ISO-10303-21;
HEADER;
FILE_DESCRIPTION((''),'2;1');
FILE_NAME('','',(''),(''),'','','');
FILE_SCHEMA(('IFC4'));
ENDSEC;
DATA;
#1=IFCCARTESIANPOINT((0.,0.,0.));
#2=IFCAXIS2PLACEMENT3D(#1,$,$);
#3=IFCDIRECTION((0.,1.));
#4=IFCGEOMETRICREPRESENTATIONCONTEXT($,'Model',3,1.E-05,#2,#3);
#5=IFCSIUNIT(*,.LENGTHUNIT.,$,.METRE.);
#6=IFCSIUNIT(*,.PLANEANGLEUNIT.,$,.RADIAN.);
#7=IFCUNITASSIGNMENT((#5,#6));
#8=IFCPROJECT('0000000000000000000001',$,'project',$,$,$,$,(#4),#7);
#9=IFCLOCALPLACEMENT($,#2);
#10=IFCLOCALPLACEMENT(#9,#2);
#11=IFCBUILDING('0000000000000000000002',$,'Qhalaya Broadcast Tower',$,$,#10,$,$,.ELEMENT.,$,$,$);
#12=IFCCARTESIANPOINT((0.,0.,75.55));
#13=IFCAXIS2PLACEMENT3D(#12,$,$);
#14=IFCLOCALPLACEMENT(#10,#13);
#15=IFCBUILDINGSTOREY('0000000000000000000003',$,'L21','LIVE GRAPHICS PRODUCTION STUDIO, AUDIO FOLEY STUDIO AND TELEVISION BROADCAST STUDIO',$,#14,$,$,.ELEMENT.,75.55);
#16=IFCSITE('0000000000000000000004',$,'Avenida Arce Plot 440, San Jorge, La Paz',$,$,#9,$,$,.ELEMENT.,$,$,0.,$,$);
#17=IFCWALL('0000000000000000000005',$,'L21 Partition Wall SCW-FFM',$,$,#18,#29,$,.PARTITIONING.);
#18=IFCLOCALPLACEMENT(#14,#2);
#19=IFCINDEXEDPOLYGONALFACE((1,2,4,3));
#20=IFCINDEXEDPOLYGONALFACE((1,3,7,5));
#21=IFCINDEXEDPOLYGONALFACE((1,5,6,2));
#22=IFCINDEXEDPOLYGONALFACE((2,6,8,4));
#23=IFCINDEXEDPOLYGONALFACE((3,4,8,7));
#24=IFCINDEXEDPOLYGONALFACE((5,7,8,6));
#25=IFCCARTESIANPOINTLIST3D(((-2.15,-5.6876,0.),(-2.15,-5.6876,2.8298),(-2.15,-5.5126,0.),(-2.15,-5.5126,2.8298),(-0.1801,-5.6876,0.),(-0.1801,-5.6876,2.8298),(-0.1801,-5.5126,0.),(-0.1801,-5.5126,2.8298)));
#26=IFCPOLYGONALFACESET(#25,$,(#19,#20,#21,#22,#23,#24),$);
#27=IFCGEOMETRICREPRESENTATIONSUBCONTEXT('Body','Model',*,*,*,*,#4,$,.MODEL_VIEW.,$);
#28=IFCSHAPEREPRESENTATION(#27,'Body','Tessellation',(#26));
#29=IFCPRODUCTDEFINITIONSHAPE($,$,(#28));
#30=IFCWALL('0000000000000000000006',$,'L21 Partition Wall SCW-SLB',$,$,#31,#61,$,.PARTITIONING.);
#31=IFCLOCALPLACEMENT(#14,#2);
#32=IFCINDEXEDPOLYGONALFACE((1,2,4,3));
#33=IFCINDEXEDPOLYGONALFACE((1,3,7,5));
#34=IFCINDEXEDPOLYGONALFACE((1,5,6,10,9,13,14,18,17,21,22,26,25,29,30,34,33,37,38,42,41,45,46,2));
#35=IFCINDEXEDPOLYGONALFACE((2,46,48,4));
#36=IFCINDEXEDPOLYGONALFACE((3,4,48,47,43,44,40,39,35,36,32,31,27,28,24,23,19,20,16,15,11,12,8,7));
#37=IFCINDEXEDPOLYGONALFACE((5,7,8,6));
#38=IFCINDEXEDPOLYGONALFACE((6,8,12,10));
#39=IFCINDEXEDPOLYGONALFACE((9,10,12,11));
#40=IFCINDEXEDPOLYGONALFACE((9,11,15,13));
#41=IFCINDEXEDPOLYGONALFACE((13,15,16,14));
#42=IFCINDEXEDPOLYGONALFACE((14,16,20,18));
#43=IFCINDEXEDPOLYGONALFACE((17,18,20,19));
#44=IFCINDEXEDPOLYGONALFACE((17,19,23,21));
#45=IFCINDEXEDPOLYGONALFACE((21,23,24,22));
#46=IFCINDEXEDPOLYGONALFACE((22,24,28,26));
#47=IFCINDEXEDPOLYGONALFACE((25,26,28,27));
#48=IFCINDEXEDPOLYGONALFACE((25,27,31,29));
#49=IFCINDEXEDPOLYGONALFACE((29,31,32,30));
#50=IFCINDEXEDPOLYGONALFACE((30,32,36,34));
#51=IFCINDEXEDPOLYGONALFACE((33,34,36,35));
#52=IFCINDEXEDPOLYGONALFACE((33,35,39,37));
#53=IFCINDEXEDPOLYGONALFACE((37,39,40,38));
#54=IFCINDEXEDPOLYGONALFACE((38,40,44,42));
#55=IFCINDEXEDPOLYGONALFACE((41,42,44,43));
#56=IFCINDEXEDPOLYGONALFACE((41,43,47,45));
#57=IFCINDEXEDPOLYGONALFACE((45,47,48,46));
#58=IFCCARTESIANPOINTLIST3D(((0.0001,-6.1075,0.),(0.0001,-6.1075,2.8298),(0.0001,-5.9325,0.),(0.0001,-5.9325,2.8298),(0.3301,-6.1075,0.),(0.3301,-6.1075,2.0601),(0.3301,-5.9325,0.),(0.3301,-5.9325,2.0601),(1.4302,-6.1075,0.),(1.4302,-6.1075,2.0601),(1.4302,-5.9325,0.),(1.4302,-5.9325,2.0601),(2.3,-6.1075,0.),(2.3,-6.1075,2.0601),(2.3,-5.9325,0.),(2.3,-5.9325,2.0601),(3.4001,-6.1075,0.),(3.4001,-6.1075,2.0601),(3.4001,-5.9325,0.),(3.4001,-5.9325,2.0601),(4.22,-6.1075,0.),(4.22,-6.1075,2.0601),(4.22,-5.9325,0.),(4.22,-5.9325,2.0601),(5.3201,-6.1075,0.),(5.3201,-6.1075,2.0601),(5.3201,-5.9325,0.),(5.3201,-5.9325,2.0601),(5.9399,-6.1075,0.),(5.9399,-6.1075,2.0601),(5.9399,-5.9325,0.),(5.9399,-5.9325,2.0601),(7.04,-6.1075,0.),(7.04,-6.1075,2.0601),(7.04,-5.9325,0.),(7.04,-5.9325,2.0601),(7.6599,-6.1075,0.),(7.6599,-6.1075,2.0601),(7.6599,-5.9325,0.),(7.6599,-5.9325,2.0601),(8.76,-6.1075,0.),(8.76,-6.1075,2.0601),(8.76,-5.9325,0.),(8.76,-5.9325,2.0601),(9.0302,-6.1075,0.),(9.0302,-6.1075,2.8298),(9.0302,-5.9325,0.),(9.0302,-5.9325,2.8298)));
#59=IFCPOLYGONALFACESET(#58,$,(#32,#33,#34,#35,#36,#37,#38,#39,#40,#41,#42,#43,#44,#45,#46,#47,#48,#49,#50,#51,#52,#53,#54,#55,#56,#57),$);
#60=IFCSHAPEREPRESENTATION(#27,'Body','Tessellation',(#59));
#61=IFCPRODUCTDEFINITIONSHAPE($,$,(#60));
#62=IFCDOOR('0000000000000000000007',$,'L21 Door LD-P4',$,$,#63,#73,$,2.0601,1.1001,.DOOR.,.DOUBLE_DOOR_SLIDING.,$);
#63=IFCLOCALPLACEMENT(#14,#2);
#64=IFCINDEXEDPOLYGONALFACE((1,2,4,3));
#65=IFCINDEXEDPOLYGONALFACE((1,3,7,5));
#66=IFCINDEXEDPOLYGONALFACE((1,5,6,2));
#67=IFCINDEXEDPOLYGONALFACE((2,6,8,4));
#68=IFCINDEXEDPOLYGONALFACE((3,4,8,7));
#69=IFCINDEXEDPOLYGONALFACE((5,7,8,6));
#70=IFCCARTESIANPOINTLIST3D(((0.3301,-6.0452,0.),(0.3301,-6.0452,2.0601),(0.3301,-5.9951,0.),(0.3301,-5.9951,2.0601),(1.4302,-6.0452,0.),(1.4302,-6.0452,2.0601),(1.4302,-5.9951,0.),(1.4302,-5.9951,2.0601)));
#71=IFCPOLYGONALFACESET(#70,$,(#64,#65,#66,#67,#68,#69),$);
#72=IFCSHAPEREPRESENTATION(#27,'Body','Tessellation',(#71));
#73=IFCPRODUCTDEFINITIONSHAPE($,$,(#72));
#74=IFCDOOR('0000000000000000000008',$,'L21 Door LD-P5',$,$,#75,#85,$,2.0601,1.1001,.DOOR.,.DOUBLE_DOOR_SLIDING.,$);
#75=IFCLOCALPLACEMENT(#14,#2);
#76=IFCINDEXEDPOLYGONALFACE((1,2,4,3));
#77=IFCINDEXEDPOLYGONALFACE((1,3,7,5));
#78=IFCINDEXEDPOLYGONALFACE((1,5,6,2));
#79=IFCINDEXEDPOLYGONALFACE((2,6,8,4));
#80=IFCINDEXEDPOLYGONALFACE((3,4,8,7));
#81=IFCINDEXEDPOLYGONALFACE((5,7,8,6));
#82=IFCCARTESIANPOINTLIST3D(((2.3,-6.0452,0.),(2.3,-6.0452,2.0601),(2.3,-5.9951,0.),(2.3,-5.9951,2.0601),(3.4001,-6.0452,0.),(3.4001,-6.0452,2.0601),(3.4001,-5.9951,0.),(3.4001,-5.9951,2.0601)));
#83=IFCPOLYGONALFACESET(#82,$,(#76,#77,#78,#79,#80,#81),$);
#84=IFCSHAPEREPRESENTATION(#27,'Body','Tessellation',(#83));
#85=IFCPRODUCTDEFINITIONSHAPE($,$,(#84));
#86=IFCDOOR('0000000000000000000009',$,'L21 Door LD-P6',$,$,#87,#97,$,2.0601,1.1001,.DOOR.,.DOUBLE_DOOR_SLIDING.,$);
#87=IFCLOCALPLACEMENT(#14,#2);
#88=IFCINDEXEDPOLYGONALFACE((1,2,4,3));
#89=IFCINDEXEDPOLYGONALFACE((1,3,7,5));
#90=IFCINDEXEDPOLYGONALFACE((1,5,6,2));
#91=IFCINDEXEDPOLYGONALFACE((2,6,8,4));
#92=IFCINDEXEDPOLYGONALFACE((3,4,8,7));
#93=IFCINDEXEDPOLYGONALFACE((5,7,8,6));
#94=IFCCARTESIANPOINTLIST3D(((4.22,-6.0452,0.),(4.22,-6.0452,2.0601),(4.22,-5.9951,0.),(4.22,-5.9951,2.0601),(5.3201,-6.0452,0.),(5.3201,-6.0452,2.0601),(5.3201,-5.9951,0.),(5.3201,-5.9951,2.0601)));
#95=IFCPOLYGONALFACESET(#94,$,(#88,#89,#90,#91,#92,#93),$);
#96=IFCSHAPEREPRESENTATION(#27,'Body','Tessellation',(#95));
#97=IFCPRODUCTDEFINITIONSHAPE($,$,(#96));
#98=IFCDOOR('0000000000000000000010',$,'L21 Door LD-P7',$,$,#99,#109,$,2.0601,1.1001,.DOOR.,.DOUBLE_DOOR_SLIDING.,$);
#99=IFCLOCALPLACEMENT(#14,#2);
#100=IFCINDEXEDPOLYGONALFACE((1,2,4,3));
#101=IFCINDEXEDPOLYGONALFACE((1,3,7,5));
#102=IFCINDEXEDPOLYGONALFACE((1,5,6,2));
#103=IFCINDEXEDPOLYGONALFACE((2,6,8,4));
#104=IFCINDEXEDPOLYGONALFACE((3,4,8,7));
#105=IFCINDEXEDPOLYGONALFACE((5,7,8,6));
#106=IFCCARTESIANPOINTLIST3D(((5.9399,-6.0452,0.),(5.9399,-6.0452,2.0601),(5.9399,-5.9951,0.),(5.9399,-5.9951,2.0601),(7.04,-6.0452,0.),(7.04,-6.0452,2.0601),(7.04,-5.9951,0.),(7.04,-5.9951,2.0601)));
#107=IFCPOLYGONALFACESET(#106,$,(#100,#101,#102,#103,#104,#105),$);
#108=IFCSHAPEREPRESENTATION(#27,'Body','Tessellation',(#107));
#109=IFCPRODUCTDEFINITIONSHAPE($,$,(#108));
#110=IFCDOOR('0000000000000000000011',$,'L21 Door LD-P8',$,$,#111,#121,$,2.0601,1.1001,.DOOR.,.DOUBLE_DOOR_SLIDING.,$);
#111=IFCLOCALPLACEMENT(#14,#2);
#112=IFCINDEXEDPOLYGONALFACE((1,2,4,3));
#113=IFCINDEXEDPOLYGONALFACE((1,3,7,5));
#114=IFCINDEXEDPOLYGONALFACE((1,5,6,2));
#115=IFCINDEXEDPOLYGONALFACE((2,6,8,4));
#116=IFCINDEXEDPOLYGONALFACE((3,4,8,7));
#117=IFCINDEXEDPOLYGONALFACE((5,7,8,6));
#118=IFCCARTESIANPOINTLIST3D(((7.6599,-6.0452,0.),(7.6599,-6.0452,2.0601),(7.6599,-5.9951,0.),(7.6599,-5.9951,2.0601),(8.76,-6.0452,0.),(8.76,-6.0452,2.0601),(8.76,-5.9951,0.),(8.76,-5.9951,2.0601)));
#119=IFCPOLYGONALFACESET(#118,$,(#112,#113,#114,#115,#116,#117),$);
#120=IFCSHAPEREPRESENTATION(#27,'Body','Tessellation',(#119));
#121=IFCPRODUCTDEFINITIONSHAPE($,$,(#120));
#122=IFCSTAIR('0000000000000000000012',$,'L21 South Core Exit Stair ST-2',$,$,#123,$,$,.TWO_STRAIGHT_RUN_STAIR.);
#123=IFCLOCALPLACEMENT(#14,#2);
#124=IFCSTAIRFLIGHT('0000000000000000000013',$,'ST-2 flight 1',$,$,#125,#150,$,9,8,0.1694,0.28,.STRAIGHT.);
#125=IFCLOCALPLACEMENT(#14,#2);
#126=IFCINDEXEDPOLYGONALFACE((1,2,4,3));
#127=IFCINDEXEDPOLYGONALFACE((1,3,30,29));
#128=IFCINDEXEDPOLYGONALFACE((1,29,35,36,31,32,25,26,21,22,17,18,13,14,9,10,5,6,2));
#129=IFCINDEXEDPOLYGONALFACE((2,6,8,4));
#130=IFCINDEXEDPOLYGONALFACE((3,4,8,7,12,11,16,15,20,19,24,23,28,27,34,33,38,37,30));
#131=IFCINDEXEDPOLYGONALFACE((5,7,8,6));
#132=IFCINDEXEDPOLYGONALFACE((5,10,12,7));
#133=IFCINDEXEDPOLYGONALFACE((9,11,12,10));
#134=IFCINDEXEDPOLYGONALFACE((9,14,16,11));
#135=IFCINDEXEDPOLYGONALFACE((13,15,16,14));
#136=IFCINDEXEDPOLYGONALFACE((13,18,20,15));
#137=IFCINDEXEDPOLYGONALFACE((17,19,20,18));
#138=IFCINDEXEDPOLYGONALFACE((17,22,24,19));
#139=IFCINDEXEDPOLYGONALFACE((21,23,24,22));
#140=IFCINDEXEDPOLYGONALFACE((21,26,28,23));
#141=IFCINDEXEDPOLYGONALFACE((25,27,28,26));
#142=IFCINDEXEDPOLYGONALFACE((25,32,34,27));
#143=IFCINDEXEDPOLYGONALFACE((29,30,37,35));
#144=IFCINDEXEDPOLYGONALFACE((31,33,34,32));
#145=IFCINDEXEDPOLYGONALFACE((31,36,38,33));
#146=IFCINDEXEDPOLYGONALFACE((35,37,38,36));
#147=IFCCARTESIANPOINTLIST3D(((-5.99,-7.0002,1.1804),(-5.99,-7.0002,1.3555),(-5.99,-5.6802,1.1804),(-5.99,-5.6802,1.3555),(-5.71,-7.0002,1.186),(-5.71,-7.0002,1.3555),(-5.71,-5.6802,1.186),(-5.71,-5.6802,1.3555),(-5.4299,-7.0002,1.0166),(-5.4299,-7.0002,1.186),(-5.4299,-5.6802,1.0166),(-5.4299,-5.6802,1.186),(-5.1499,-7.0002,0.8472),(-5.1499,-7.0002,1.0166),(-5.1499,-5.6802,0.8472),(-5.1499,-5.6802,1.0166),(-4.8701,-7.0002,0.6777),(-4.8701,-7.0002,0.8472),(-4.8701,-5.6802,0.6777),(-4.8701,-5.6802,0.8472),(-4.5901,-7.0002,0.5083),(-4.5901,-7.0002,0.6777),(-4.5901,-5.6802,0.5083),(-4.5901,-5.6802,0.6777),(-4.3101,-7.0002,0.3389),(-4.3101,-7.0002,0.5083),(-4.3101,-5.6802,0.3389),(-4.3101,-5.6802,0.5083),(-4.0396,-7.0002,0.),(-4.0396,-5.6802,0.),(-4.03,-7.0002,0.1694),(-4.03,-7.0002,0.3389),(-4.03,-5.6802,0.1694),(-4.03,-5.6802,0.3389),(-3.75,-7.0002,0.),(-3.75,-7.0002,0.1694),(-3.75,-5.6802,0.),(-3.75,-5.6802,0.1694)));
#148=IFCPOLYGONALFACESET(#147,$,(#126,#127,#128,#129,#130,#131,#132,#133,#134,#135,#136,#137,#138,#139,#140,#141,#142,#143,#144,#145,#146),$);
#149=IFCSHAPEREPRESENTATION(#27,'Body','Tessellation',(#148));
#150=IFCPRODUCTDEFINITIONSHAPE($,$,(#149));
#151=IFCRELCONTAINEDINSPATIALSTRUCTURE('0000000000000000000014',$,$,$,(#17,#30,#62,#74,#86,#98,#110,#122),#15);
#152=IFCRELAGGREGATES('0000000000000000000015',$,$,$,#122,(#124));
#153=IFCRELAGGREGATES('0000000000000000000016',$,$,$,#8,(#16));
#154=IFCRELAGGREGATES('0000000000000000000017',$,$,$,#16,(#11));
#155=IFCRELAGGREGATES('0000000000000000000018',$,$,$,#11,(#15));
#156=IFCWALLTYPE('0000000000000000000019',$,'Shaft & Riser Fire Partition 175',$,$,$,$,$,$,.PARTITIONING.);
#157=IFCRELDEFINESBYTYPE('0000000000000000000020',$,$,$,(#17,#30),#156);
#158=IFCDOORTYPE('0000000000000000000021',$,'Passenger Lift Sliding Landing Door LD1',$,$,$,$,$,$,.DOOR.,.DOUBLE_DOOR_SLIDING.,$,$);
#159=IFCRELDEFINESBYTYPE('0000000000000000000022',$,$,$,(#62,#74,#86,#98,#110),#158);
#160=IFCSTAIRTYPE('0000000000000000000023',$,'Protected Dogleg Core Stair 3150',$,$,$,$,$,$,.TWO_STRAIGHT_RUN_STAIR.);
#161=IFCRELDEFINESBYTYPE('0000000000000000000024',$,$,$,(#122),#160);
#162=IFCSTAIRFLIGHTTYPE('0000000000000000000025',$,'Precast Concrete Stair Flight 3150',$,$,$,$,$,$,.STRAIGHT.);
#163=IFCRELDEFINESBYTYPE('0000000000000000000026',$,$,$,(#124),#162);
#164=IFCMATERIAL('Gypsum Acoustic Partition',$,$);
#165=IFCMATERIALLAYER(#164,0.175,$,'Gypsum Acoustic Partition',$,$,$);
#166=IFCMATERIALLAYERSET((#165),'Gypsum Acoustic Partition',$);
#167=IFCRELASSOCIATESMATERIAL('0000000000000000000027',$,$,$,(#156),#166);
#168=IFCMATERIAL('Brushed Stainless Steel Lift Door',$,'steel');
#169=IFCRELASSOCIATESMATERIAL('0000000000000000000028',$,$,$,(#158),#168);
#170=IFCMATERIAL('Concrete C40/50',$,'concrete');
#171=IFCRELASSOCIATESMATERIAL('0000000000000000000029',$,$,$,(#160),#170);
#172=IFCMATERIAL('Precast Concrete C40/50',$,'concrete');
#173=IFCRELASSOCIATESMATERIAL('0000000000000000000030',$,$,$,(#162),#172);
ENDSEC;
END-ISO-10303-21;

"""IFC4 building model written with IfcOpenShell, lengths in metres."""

from ifc_helpers import new_model, si_unit, direction, frame, frame_2d, origin, place, context, subcontext, project, spatial, polyline, rectangle, outline, extrude, material, layer, layer_set, type_object, element, fill, aggregate, save


model = new_model("IFC4")

# Units and contexts
model_context = context("Model", 3, precision=1e-05, world=origin(), true_north=direction((0.0, 1.0)))
body_context = subcontext(model_context, "Body", "Model", "MODEL_VIEW")
ifc_project = project(units=[si_unit("LENGTHUNIT", "METRE"), si_unit("PLANEANGLEUNIT", "RADIAN")], contexts=[model_context])

# Site, building, storey
site_placement = place(None, origin())
site = spatial("IfcSite", under=ifc_project, at=site_placement, Name="Avenida Arce Plot 440, San Jorge, La Paz", CompositionType="ELEMENT", RefElevation=0.0)
building_placement = place(site_placement, origin())
building = spatial("IfcBuilding", under=site, at=building_placement, Name="Qhalaya Broadcast Tower", CompositionType="ELEMENT")
storey_placement = place(building_placement, frame((0.0, 0.0, 75.55)))
storey = spatial("IfcBuildingStorey", under=building, at=storey_placement, Name="L21", Description="LIVE GRAPHICS PRODUCTION STUDIO, AUDIO FOLEY STUDIO AND TELEVISION BROADCAST STUDIO", CompositionType="ELEMENT", Elevation=75.55)

# Shared definitions
ifc_material_1 = material(Name="Concrete C40/50", Category="concrete")

# Shared definitions
ifc_material_2 = material(Name="Brushed Stainless Steel Lift Door", Category="steel")
ifc_material_3 = material(Name="Gypsum Acoustic Partition")
ifc_layer_1 = layer(ifc_material_3, 0.175, Name="Gypsum Acoustic Partition")
ifc_layer_set_1 = layer_set([ifc_layer_1], Name="Gypsum Acoustic Partition")
wall_type_1 = type_object("IfcWallType", Name="Shaft & Riser Fire Partition 175", PredefinedType="PARTITIONING", material=ifc_layer_set_1)

# Wall
wall_1_placement = place(storey_placement, frame((-2.1499, -5.6001, 0.0), z_axis=(0.0, 0.0, 1.0), x_axis=(1.0, 0.0, 0.0)))
element("IfcWall", 1, at=wall_1_placement, inside=storey, type_object=wall_type_1, Name="L21 Partition Wall SCW-FFM", PredefinedType="PARTITIONING", context=body_context, shape_type="SweptSolid", body=[
    extrude(rectangle(XDim=1.97, YDim=0.175, at=frame_2d((0.9849, 0.0))), origin(), (0.0, 0.0, 1.0), 2.8298),
])

# Wall, openings, doors
wall_2_placement = place(storey_placement, frame((0.0, -6.02, 0.0), z_axis=(0.0, 0.0, 1.0), x_axis=(1.0, 0.0, 0.0)))
wall_2 = element("IfcWall", 2, at=wall_2_placement, inside=storey, type_object=wall_type_1, Name="L21 Partition Wall SCW-SLB", PredefinedType="PARTITIONING", context=body_context, shape_type="SweptSolid", body=[
    extrude(rectangle(XDim=9.03, YDim=0.175, at=frame_2d((4.5151, 0.0))), origin(), (0.0, 0.0, 1.0), 2.8298),
])
opening_1_placement = place(wall_2_placement, frame((0.3301, 0.0, 0.0)))
opening_1 = element("IfcOpeningElement", 3, at=opening_1_placement, cuts=wall_2, PredefinedType="OPENING", context=body_context, shape_type="SweptSolid", body=[
    extrude(rectangle(XDim=1.1001, YDim=2.0601, at=frame_2d((0.55, 1.03))), frame((0.0, 0.0996, 0.0), z_axis=(0.0, -1.0, 0.0), x_axis=(1.0, 0.0, 0.0)), (0.0, 0.0, 1.0), 0.199),
])
opening_2_placement = place(wall_2_placement, frame((2.3, 0.0, 0.0)))
opening_2 = element("IfcOpeningElement", 4, at=opening_2_placement, cuts=wall_2, PredefinedType="OPENING", context=body_context, shape_type="SweptSolid", body=[
    extrude(rectangle(XDim=1.1001, YDim=2.0601, at=frame_2d((0.55, 1.03))), frame((0.0, 0.0996, 0.0), z_axis=(0.0, -1.0, 0.0), x_axis=(1.0, 0.0, 0.0)), (0.0, 0.0, 1.0), 0.199),
])
opening_3_placement = place(wall_2_placement, frame((4.22, 0.0, 0.0)))
opening_3 = element("IfcOpeningElement", 5, at=opening_3_placement, cuts=wall_2, PredefinedType="OPENING", context=body_context, shape_type="SweptSolid", body=[
    extrude(rectangle(XDim=1.1001, YDim=2.0601, at=frame_2d((0.55, 1.03))), frame((0.0, 0.0996, 0.0), z_axis=(0.0, -1.0, 0.0), x_axis=(1.0, 0.0, 0.0)), (0.0, 0.0, 1.0), 0.199),
])
opening_4_placement = place(wall_2_placement, frame((5.9399, 0.0, 0.0)))
opening_4 = element("IfcOpeningElement", 6, at=opening_4_placement, cuts=wall_2, PredefinedType="OPENING", context=body_context, shape_type="SweptSolid", body=[
    extrude(rectangle(XDim=1.1001, YDim=2.0601, at=frame_2d((0.55, 1.03))), frame((0.0, 0.0996, 0.0), z_axis=(0.0, -1.0, 0.0), x_axis=(1.0, 0.0, 0.0)), (0.0, 0.0, 1.0), 0.199),
])
opening_5_placement = place(wall_2_placement, frame((7.6599, 0.0, 0.0)))
opening_5 = element("IfcOpeningElement", 7, at=opening_5_placement, cuts=wall_2, PredefinedType="OPENING", context=body_context, shape_type="SweptSolid", body=[
    extrude(rectangle(XDim=1.1001, YDim=2.0601, at=frame_2d((0.55, 1.03))), frame((0.0, 0.0996, 0.0), z_axis=(0.0, -1.0, 0.0), x_axis=(1.0, 0.0, 0.0)), (0.0, 0.0, 1.0), 0.199),
])
door_type_1 = type_object("IfcDoorType", Name="Passenger Lift Sliding Landing Door LD1", OperationType="DOUBLE_DOOR_SLIDING", PredefinedType="DOOR", material=ifc_material_2)
door_1_placement = place(opening_1_placement, origin())
door_1 = element("IfcDoor", 8, at=door_1_placement, inside=storey, type_object=door_type_1, Name="L21 Door LD-P4", OperationType="DOUBLE_DOOR_SLIDING", OverallHeight=2.0601, OverallWidth=1.1001, PredefinedType="DOOR", context=body_context, shape_type="SweptSolid", body=[
    extrude(rectangle(XDim=1.1001, YDim=2.0601, at=frame_2d((0.55, 1.03))), frame((0.0, 0.0249, 0.0), z_axis=(0.0, -1.0, 0.0), x_axis=(1.0, 0.0, 0.0)), (0.0, 0.0, 1.0), 0.05),
])
fill(opening_1, door_1)
door_2_placement = place(opening_2_placement, origin())
door_2 = element("IfcDoor", 9, at=door_2_placement, inside=storey, type_object=door_type_1, Name="L21 Door LD-P5", OperationType="DOUBLE_DOOR_SLIDING", OverallHeight=2.0601, OverallWidth=1.1001, PredefinedType="DOOR", context=body_context, shape_type="SweptSolid", body=[
    extrude(rectangle(XDim=1.1001, YDim=2.0601, at=frame_2d((0.55, 1.03))), frame((0.0, 0.0249, 0.0), z_axis=(0.0, -1.0, 0.0), x_axis=(1.0, 0.0, 0.0)), (0.0, 0.0, 1.0), 0.05),
])
fill(opening_2, door_2)
door_3_placement = place(opening_3_placement, origin())
door_3 = element("IfcDoor", 10, at=door_3_placement, inside=storey, type_object=door_type_1, Name="L21 Door LD-P6", OperationType="DOUBLE_DOOR_SLIDING", OverallHeight=2.0601, OverallWidth=1.1001, PredefinedType="DOOR", context=body_context, shape_type="SweptSolid", body=[
    extrude(rectangle(XDim=1.1001, YDim=2.0601, at=frame_2d((0.55, 1.03))), frame((0.0, 0.0249, 0.0), z_axis=(0.0, -1.0, 0.0), x_axis=(1.0, 0.0, 0.0)), (0.0, 0.0, 1.0), 0.05),
])
fill(opening_3, door_3)
door_4_placement = place(opening_4_placement, origin())
door_4 = element("IfcDoor", 11, at=door_4_placement, inside=storey, type_object=door_type_1, Name="L21 Door LD-P7", OperationType="DOUBLE_DOOR_SLIDING", OverallHeight=2.0601, OverallWidth=1.1001, PredefinedType="DOOR", context=body_context, shape_type="SweptSolid", body=[
    extrude(rectangle(XDim=1.1001, YDim=2.0601, at=frame_2d((0.55, 1.03))), frame((0.0, 0.0249, 0.0), z_axis=(0.0, -1.0, 0.0), x_axis=(1.0, 0.0, 0.0)), (0.0, 0.0, 1.0), 0.05),
])
fill(opening_4, door_4)
door_5_placement = place(opening_5_placement, origin())
door_5 = element("IfcDoor", 12, at=door_5_placement, inside=storey, type_object=door_type_1, Name="L21 Door LD-P8", OperationType="DOUBLE_DOOR_SLIDING", OverallHeight=2.0601, OverallWidth=1.1001, PredefinedType="DOOR", context=body_context, shape_type="SweptSolid", body=[
    extrude(rectangle(XDim=1.1001, YDim=2.0601, at=frame_2d((0.55, 1.03))), frame((0.0, 0.0249, 0.0), z_axis=(0.0, -1.0, 0.0), x_axis=(1.0, 0.0, 0.0)), (0.0, 0.0, 1.0), 0.05),
])
fill(opening_5, door_5)

# Stair, stair flight
stair_type = type_object("IfcStairType", Name="Protected Dogleg Core Stair 3150", PredefinedType="TWO_STRAIGHT_RUN_STAIR", material=ifc_material_1)
stair_placement = place(storey_placement, origin())
stair = element("IfcStair", 13, at=stair_placement, inside=storey, type_object=stair_type, Name="L21 South Core Exit Stair ST-2", PredefinedType="TWO_STRAIGHT_RUN_STAIR")
ifc_material_4 = material(Name="Precast Concrete C40/50", Category="concrete")
stair_flight_type = type_object("IfcStairFlightType", Name="Precast Concrete Stair Flight 3150", PredefinedType="STRAIGHT", material=ifc_material_4)
stair_flight_1_placement = place(storey_placement, frame((-3.75, -6.3401, 0.0), z_axis=(0.0, 0.0, 1.0), x_axis=(-1.0, 0.0, 0.0)))
stair_flight_1 = element("IfcStairFlight", 14, at=stair_flight_1_placement, type_object=stair_flight_type, Name="ST-2 flight 1", NumberOfRisers=9, NumberOfTreads=8, PredefinedType="STRAIGHT", RiserHeight=0.1694, TreadLength=0.28, context=body_context, shape_type="SweptSolid", body=[
    extrude(outline(polyline([(0.0, 0.0), (0.0, 0.1694), (0.28, 0.1694), (0.28, 0.3389), (0.5601, 0.3389), (0.5601, 0.5083), (0.8401, 0.5083), (0.8401, 0.6777), (1.1201, 0.6777), (1.1201, 0.8472), (1.3999, 0.8472), (1.3999, 1.0166), (1.6799, 1.0166), (1.6799, 1.186), (1.96, 1.186), (1.96, 1.3555), (2.24, 1.3555), (2.24, 1.5249), (2.24, 1.1804), (0.2896, 0.0), (0.0, 0.0)])), frame((0.0, 0.6602, 0.0), z_axis=(0.0, -1.0, 0.0), x_axis=(1.0, 0.0, 0.0)), (0.0, 0.0, 1.0), 1.3201),
])
aggregate(stair, [stair_flight_1])

save(model, "model.ifc")
